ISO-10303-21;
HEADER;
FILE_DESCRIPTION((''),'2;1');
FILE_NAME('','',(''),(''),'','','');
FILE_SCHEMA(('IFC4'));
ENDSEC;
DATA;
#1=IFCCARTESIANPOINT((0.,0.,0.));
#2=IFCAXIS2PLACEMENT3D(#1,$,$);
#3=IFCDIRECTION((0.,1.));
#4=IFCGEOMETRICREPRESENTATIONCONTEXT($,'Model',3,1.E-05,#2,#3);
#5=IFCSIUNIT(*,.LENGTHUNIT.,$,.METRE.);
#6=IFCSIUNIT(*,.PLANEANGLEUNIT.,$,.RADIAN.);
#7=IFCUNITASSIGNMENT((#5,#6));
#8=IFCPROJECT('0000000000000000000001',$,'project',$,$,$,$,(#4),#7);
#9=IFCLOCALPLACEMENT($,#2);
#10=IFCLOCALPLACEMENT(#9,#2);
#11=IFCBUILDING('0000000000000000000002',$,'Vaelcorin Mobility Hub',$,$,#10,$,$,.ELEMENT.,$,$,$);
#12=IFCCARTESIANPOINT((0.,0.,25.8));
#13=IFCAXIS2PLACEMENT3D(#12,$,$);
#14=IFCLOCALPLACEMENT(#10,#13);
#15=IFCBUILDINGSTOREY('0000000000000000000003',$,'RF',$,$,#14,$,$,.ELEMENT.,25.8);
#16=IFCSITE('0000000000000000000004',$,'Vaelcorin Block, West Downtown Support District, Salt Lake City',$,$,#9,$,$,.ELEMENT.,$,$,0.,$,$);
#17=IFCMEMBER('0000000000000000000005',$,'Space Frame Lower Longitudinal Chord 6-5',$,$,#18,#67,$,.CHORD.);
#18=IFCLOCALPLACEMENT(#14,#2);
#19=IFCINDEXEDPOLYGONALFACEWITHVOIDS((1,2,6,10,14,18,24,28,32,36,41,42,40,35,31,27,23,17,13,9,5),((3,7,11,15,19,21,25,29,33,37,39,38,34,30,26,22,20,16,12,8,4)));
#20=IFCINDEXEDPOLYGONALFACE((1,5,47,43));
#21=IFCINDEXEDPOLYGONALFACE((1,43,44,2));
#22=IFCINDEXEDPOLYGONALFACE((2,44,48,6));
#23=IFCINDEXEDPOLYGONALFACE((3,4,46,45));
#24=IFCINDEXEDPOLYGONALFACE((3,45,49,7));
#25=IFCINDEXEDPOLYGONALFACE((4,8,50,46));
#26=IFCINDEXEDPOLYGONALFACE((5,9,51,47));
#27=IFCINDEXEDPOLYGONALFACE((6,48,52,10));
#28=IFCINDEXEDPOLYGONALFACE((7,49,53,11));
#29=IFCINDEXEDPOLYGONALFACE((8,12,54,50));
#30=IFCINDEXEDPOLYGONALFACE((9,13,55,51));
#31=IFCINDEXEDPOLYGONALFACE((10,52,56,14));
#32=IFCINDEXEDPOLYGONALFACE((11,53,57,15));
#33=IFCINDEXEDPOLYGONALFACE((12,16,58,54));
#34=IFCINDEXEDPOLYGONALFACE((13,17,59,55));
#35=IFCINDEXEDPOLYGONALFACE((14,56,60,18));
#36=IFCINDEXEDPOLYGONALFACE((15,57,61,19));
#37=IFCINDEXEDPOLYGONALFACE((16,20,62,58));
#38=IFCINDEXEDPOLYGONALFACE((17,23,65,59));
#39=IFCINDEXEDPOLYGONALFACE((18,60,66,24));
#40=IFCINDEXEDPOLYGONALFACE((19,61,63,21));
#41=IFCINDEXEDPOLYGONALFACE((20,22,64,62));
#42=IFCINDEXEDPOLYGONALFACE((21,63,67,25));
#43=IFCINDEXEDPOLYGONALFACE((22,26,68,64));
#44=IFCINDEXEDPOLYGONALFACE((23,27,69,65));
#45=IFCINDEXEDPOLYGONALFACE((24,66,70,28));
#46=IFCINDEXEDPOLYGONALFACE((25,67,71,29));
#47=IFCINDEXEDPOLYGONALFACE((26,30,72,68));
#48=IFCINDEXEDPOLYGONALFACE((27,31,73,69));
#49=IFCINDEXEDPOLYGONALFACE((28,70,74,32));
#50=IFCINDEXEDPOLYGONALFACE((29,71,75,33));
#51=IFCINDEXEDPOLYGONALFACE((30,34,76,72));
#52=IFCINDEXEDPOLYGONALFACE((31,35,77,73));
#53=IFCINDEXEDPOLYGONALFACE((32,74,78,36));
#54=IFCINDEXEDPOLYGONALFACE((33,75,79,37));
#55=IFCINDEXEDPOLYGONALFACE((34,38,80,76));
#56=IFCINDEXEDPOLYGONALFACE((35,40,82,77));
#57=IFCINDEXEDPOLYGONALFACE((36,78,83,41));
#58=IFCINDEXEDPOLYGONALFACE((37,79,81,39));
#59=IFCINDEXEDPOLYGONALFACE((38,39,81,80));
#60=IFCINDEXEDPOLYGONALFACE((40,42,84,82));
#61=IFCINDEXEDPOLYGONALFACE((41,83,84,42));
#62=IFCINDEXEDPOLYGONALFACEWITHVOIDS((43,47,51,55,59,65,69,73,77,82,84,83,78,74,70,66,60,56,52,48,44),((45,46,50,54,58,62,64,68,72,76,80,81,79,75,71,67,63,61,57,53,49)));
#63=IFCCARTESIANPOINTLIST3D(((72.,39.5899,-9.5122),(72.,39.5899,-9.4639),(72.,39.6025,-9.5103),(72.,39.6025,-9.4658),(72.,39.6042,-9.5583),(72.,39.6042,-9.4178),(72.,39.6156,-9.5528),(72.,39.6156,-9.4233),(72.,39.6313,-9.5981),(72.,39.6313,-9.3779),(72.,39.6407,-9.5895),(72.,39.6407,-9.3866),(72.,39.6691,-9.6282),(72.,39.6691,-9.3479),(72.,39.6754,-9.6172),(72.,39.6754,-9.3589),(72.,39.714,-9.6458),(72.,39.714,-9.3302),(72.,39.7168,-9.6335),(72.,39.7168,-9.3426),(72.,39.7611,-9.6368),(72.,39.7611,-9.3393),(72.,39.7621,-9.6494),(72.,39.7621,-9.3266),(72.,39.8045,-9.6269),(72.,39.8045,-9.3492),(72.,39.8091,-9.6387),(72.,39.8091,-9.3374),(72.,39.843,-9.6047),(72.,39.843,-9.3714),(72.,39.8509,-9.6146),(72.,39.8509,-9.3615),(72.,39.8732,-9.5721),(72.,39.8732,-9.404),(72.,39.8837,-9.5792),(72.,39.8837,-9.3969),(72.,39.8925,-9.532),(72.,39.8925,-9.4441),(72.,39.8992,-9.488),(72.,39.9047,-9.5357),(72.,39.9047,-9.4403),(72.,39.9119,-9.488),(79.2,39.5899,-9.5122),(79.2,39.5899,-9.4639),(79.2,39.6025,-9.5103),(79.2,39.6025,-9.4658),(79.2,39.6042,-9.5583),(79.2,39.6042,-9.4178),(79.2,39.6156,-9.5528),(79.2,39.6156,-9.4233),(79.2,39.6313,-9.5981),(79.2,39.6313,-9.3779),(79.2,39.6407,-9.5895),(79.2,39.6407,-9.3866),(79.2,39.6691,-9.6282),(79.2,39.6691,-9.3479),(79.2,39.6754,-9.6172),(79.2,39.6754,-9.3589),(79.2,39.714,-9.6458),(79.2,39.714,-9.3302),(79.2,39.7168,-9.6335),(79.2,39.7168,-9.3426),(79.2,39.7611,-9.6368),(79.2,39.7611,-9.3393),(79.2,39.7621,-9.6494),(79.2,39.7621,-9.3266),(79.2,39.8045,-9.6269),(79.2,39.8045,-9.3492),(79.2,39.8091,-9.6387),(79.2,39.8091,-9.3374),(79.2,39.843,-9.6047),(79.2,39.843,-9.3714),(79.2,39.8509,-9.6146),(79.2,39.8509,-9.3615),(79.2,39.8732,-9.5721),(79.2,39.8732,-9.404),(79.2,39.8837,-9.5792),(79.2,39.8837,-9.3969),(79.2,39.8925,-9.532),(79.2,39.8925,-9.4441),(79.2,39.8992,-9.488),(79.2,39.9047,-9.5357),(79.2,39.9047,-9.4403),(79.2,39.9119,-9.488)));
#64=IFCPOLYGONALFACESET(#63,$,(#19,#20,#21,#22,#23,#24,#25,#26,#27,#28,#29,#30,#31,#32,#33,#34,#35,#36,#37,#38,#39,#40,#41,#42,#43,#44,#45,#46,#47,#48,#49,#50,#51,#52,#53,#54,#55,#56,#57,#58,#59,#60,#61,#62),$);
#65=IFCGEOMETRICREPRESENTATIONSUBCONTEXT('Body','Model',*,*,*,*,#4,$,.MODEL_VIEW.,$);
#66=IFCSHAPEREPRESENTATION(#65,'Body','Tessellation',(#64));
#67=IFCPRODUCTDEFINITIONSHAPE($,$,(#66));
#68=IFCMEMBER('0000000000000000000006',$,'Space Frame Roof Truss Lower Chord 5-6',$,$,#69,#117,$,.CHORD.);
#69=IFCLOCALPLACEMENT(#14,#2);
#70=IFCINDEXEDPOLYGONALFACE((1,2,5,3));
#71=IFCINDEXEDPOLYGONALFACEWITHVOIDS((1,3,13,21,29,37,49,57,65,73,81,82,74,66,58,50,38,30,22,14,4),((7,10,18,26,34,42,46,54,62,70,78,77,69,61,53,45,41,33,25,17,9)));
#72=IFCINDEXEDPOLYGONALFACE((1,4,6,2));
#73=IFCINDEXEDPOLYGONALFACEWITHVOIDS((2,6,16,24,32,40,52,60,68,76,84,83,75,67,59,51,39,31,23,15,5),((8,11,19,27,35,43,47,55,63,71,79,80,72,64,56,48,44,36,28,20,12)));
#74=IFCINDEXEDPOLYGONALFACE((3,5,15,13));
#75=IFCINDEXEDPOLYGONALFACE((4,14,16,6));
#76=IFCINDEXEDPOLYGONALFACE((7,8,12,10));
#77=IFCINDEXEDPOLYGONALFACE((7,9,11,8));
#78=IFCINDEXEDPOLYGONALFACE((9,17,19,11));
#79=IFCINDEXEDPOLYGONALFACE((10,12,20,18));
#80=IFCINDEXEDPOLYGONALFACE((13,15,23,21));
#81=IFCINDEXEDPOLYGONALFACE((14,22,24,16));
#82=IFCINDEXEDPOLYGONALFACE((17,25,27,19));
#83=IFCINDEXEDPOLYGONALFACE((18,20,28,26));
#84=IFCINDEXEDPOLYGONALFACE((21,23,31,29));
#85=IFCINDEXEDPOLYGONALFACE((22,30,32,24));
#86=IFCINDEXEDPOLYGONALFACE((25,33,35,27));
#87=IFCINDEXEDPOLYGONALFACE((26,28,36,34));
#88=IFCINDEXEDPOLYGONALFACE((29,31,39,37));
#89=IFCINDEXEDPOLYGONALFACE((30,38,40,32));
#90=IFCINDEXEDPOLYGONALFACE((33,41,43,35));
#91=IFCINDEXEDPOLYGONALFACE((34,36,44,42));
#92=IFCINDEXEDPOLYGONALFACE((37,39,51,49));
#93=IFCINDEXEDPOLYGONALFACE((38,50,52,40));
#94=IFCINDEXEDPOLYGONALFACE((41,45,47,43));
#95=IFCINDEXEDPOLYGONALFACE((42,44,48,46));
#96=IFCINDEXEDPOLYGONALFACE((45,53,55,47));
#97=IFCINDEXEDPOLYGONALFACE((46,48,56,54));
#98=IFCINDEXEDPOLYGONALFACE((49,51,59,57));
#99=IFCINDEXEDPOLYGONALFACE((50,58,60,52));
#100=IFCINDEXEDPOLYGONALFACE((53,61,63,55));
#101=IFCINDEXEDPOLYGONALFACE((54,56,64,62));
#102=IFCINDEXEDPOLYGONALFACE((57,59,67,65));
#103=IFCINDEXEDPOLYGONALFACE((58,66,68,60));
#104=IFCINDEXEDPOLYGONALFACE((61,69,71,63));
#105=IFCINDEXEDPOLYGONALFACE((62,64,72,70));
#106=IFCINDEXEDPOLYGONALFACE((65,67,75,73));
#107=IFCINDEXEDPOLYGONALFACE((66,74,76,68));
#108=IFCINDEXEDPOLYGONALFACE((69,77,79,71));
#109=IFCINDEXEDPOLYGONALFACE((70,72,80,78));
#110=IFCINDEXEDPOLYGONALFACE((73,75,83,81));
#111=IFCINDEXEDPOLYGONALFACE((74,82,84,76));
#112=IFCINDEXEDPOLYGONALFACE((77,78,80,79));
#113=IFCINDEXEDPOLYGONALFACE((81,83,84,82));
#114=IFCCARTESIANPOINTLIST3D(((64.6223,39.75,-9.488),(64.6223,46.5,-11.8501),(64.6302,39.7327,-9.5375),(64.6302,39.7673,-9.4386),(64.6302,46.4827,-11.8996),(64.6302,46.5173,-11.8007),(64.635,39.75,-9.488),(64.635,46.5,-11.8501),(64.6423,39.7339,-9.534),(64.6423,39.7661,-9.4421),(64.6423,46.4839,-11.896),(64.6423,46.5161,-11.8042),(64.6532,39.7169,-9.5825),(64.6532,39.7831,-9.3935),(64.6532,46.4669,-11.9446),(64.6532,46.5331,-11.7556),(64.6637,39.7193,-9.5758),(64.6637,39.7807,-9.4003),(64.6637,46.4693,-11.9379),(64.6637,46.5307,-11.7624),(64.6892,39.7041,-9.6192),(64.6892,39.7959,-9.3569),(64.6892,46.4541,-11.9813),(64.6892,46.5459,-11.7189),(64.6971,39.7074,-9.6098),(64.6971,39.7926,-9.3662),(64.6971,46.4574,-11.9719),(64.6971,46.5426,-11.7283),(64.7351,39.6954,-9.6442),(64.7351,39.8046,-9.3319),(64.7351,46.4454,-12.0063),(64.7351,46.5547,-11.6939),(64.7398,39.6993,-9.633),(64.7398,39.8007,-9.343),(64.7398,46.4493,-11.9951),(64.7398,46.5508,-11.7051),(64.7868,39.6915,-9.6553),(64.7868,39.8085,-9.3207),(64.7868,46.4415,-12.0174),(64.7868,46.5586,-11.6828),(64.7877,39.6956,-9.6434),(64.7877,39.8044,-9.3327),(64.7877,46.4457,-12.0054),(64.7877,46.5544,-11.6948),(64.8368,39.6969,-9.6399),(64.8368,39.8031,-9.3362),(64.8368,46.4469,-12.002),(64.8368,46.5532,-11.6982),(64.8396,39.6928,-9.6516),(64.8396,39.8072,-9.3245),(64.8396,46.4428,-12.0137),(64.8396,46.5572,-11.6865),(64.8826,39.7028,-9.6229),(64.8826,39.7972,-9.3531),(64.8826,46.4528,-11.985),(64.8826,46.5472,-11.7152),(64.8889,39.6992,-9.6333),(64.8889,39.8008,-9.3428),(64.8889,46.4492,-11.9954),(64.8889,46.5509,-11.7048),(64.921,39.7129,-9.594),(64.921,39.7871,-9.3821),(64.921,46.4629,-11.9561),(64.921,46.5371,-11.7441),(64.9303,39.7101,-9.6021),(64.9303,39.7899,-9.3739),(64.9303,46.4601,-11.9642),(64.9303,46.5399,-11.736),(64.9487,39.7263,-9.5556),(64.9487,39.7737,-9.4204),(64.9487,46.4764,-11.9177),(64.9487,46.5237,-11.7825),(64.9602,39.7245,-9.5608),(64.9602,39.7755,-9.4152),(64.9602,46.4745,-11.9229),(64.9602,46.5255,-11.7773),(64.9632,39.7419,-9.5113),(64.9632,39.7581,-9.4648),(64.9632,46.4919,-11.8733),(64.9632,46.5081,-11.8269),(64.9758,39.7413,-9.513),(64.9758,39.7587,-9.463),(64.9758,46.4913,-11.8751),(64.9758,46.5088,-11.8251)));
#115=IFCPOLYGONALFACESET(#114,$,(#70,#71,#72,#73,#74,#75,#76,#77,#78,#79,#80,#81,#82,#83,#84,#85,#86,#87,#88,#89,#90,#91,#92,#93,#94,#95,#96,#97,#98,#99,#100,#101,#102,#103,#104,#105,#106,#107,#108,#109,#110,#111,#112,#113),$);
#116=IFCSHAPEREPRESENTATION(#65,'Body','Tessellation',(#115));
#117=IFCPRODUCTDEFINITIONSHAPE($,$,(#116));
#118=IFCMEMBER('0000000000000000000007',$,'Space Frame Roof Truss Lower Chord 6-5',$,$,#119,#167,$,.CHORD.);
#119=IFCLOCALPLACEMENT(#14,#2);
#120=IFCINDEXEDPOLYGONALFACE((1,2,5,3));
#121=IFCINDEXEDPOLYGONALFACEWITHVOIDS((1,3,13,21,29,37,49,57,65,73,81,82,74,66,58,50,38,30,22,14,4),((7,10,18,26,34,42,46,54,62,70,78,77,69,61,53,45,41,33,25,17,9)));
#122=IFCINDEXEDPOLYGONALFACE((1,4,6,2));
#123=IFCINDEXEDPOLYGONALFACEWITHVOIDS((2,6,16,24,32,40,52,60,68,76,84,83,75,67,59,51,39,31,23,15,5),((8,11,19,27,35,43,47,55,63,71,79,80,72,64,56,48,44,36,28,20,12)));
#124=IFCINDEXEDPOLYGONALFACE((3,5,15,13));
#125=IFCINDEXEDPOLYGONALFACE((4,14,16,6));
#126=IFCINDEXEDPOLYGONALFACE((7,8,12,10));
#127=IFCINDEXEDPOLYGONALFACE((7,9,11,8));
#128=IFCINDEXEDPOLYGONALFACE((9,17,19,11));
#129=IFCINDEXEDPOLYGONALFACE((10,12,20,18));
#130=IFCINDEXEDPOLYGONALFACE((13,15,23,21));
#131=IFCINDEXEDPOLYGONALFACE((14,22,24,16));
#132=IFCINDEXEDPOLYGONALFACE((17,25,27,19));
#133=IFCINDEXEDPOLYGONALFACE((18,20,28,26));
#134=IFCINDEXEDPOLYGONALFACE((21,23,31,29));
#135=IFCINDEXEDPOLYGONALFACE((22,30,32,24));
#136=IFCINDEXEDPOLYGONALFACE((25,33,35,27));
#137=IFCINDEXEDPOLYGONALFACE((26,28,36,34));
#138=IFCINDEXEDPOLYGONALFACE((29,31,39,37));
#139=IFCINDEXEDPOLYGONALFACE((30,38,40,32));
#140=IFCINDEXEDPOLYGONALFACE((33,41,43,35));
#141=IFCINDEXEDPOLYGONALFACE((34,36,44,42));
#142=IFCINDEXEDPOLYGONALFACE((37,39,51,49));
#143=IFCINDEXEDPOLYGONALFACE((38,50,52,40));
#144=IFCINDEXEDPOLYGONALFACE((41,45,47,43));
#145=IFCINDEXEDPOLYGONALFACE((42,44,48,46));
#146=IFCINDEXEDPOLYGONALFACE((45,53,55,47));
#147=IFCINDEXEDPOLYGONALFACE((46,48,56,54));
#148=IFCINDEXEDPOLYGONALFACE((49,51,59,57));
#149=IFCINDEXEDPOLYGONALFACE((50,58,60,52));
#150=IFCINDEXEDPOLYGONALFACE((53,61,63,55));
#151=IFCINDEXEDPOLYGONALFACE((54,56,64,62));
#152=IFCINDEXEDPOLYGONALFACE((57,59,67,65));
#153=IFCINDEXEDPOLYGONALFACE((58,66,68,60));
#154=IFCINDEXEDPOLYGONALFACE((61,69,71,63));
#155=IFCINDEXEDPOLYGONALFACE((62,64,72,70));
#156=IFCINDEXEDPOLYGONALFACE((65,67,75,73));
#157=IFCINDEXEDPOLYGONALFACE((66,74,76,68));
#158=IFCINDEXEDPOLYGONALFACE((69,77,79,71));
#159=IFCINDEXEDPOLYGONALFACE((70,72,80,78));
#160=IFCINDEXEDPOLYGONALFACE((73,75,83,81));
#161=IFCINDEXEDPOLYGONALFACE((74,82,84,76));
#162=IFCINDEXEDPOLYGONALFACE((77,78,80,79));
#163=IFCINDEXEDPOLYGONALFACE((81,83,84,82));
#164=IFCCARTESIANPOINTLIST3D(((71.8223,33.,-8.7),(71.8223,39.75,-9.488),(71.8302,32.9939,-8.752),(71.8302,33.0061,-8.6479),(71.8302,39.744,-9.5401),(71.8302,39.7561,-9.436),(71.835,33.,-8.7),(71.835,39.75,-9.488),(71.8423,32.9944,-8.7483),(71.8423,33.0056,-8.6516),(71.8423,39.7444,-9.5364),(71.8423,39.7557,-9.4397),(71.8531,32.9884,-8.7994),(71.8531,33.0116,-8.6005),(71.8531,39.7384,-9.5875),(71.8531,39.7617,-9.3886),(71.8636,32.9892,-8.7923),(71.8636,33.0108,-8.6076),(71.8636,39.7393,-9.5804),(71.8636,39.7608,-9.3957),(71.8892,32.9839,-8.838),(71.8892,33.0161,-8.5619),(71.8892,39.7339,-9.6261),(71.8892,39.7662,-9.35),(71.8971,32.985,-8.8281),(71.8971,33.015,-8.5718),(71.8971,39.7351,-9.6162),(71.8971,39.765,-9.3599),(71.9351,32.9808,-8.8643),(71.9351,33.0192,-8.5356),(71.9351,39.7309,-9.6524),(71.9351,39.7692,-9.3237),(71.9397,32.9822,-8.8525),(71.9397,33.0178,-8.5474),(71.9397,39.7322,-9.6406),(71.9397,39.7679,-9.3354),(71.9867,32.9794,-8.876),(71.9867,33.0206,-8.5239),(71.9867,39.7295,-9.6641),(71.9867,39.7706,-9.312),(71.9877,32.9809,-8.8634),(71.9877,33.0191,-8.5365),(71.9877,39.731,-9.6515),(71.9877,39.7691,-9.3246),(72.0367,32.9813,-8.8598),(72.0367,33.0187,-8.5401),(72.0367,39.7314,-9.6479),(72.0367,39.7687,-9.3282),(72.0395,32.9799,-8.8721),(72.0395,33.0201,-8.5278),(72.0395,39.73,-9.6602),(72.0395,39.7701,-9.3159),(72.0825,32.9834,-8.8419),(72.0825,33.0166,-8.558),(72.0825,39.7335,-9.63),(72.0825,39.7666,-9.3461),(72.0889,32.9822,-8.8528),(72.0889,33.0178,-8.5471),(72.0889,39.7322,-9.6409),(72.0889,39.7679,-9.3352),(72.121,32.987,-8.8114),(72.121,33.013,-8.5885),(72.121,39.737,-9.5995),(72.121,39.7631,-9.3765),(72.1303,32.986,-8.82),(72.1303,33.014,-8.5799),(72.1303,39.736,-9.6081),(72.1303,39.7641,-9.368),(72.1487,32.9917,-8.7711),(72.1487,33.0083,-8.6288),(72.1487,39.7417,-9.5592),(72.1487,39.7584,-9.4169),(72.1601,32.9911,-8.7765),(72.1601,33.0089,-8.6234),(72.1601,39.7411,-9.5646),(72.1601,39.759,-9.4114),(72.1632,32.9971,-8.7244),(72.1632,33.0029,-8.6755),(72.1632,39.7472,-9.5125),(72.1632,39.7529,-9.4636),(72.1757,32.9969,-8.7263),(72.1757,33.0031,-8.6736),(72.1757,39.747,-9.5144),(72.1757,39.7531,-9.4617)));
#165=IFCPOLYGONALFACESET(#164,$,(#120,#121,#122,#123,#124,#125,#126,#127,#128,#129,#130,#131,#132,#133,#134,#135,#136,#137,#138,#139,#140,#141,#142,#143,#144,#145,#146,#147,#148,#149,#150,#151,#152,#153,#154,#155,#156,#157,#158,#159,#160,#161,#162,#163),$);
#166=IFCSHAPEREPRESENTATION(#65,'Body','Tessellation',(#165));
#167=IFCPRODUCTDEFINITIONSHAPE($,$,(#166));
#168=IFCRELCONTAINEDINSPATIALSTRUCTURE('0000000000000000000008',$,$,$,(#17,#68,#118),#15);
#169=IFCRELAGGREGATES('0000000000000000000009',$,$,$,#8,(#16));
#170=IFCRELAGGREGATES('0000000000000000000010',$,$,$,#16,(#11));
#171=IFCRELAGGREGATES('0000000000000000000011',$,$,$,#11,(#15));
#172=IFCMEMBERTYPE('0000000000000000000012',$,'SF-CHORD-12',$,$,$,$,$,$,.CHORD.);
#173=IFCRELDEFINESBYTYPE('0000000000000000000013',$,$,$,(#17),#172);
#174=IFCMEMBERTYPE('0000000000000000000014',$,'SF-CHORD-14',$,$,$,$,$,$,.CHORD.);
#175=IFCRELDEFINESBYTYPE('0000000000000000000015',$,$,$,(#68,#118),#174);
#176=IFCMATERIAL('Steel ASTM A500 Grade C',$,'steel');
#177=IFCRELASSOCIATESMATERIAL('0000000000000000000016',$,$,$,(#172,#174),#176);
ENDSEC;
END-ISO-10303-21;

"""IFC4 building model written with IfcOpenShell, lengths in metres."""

from ifc_helpers import new_model, si_unit, direction, frame, origin, origin_2d, place, context, subcontext, project, spatial, hollow_circle, extrude, material, material_profile, profile_set, type_object, element, save


model = new_model("IFC4")

# Units and contexts
model_context = context("Model", 3, precision=1e-05, world=origin(), true_north=direction((0.0, 1.0)))
body_context = subcontext(model_context, "Body", "Model", "MODEL_VIEW")
ifc_project = project(units=[si_unit("LENGTHUNIT", "METRE"), si_unit("PLANEANGLEUNIT", "RADIAN")], contexts=[model_context])

# Site, building, storey
site_placement = place(None, origin())
site = spatial("IfcSite", under=ifc_project, at=site_placement, Name="Vaelcorin Block, West Downtown Support District, Salt Lake City", CompositionType="ELEMENT", RefElevation=0.0)
building_placement = place(site_placement, origin())
building = spatial("IfcBuilding", under=site, at=building_placement, Name="Vaelcorin Mobility Hub", CompositionType="ELEMENT")
storey_placement = place(building_placement, frame((0.0, 0.0, 25.8)))
storey = spatial("IfcBuildingStorey", under=building, at=storey_placement, Name="RF", CompositionType="ELEMENT", Elevation=25.8)

# Members
ifc_material_1 = material(Name="Steel ASTM A500 Grade C", Category="steel")
ifc_material_profile_1 = material_profile(ifc_material_1, hollow_circle(Radius=0.1619, WallThickness=0.0127, at=origin_2d()), Name="HSS12.750X0.500")
ifc_profile_set_1 = profile_set([ifc_material_profile_1], Name="Steel ASTM A500 Grade C")
member_type_1 = type_object("IfcMemberType", Name="SF-CHORD-12", PredefinedType="CHORD", material=ifc_profile_set_1)
for number, where, z_axis, x_axis, name in (
    (1, (72.0, 39.75, -9.488), (1.0, 0.0, 0.0), (0.0, 1.0, 0.0), "Space Frame Lower Longitudinal Chord 6-5"),
):
    element("IfcMember", number, at=place(storey_placement, frame(where, z_axis=z_axis, x_axis=x_axis)), inside=storey, type_object=member_type_1, Name=name, PredefinedType="CHORD", context=body_context, shape_type="SweptSolid", body=[
        extrude(hollow_circle(Radius=0.1619, WallThickness=0.0127, at=origin_2d()), origin(), (0.0, 0.0, 1.0), 7.2),
    ])
ifc_material_profile_2 = material_profile(ifc_material_1, hollow_circle(Radius=0.1777, WallThickness=0.0127, at=origin_2d()), Name="HSS14.000X0.500")
ifc_profile_set_2 = profile_set([ifc_material_profile_2], Name="Steel ASTM A500 Grade C")
member_type_2 = type_object("IfcMemberType", Name="SF-CHORD-14", PredefinedType="CHORD", material=ifc_profile_set_2)
member_1_placement = place(storey_placement, frame((64.8, 39.75, -9.488), z_axis=(0.0, 0.943878, -0.330296), x_axis=(-1.0, 0.0, 0.0)))
element("IfcMember", 2, at=member_1_placement, inside=storey, type_object=member_type_2, Name="Space Frame Roof Truss Lower Chord 5-6", PredefinedType="CHORD", context=body_context, shape_type="SweptSolid", body=[
    extrude(hollow_circle(Radius=0.1777, WallThickness=0.0127, at=origin_2d()), origin(), (0.0, 0.0, 1.0), 7.1514),
])
member_2_placement = place(storey_placement, frame((72.0, 33.0, -8.7), z_axis=(0.0, 0.993253, -0.115966), x_axis=(-1.0, 0.0, 0.0)))
element("IfcMember", 3, at=member_2_placement, inside=storey, type_object=member_type_2, Name="Space Frame Roof Truss Lower Chord 6-5", PredefinedType="CHORD", context=body_context, shape_type="SweptSolid", body=[
    extrude(hollow_circle(Radius=0.1777, WallThickness=0.0127, at=origin_2d()), origin(), (0.0, 0.0, 1.0), 6.7959),
])

save(model, "model.ifc")
